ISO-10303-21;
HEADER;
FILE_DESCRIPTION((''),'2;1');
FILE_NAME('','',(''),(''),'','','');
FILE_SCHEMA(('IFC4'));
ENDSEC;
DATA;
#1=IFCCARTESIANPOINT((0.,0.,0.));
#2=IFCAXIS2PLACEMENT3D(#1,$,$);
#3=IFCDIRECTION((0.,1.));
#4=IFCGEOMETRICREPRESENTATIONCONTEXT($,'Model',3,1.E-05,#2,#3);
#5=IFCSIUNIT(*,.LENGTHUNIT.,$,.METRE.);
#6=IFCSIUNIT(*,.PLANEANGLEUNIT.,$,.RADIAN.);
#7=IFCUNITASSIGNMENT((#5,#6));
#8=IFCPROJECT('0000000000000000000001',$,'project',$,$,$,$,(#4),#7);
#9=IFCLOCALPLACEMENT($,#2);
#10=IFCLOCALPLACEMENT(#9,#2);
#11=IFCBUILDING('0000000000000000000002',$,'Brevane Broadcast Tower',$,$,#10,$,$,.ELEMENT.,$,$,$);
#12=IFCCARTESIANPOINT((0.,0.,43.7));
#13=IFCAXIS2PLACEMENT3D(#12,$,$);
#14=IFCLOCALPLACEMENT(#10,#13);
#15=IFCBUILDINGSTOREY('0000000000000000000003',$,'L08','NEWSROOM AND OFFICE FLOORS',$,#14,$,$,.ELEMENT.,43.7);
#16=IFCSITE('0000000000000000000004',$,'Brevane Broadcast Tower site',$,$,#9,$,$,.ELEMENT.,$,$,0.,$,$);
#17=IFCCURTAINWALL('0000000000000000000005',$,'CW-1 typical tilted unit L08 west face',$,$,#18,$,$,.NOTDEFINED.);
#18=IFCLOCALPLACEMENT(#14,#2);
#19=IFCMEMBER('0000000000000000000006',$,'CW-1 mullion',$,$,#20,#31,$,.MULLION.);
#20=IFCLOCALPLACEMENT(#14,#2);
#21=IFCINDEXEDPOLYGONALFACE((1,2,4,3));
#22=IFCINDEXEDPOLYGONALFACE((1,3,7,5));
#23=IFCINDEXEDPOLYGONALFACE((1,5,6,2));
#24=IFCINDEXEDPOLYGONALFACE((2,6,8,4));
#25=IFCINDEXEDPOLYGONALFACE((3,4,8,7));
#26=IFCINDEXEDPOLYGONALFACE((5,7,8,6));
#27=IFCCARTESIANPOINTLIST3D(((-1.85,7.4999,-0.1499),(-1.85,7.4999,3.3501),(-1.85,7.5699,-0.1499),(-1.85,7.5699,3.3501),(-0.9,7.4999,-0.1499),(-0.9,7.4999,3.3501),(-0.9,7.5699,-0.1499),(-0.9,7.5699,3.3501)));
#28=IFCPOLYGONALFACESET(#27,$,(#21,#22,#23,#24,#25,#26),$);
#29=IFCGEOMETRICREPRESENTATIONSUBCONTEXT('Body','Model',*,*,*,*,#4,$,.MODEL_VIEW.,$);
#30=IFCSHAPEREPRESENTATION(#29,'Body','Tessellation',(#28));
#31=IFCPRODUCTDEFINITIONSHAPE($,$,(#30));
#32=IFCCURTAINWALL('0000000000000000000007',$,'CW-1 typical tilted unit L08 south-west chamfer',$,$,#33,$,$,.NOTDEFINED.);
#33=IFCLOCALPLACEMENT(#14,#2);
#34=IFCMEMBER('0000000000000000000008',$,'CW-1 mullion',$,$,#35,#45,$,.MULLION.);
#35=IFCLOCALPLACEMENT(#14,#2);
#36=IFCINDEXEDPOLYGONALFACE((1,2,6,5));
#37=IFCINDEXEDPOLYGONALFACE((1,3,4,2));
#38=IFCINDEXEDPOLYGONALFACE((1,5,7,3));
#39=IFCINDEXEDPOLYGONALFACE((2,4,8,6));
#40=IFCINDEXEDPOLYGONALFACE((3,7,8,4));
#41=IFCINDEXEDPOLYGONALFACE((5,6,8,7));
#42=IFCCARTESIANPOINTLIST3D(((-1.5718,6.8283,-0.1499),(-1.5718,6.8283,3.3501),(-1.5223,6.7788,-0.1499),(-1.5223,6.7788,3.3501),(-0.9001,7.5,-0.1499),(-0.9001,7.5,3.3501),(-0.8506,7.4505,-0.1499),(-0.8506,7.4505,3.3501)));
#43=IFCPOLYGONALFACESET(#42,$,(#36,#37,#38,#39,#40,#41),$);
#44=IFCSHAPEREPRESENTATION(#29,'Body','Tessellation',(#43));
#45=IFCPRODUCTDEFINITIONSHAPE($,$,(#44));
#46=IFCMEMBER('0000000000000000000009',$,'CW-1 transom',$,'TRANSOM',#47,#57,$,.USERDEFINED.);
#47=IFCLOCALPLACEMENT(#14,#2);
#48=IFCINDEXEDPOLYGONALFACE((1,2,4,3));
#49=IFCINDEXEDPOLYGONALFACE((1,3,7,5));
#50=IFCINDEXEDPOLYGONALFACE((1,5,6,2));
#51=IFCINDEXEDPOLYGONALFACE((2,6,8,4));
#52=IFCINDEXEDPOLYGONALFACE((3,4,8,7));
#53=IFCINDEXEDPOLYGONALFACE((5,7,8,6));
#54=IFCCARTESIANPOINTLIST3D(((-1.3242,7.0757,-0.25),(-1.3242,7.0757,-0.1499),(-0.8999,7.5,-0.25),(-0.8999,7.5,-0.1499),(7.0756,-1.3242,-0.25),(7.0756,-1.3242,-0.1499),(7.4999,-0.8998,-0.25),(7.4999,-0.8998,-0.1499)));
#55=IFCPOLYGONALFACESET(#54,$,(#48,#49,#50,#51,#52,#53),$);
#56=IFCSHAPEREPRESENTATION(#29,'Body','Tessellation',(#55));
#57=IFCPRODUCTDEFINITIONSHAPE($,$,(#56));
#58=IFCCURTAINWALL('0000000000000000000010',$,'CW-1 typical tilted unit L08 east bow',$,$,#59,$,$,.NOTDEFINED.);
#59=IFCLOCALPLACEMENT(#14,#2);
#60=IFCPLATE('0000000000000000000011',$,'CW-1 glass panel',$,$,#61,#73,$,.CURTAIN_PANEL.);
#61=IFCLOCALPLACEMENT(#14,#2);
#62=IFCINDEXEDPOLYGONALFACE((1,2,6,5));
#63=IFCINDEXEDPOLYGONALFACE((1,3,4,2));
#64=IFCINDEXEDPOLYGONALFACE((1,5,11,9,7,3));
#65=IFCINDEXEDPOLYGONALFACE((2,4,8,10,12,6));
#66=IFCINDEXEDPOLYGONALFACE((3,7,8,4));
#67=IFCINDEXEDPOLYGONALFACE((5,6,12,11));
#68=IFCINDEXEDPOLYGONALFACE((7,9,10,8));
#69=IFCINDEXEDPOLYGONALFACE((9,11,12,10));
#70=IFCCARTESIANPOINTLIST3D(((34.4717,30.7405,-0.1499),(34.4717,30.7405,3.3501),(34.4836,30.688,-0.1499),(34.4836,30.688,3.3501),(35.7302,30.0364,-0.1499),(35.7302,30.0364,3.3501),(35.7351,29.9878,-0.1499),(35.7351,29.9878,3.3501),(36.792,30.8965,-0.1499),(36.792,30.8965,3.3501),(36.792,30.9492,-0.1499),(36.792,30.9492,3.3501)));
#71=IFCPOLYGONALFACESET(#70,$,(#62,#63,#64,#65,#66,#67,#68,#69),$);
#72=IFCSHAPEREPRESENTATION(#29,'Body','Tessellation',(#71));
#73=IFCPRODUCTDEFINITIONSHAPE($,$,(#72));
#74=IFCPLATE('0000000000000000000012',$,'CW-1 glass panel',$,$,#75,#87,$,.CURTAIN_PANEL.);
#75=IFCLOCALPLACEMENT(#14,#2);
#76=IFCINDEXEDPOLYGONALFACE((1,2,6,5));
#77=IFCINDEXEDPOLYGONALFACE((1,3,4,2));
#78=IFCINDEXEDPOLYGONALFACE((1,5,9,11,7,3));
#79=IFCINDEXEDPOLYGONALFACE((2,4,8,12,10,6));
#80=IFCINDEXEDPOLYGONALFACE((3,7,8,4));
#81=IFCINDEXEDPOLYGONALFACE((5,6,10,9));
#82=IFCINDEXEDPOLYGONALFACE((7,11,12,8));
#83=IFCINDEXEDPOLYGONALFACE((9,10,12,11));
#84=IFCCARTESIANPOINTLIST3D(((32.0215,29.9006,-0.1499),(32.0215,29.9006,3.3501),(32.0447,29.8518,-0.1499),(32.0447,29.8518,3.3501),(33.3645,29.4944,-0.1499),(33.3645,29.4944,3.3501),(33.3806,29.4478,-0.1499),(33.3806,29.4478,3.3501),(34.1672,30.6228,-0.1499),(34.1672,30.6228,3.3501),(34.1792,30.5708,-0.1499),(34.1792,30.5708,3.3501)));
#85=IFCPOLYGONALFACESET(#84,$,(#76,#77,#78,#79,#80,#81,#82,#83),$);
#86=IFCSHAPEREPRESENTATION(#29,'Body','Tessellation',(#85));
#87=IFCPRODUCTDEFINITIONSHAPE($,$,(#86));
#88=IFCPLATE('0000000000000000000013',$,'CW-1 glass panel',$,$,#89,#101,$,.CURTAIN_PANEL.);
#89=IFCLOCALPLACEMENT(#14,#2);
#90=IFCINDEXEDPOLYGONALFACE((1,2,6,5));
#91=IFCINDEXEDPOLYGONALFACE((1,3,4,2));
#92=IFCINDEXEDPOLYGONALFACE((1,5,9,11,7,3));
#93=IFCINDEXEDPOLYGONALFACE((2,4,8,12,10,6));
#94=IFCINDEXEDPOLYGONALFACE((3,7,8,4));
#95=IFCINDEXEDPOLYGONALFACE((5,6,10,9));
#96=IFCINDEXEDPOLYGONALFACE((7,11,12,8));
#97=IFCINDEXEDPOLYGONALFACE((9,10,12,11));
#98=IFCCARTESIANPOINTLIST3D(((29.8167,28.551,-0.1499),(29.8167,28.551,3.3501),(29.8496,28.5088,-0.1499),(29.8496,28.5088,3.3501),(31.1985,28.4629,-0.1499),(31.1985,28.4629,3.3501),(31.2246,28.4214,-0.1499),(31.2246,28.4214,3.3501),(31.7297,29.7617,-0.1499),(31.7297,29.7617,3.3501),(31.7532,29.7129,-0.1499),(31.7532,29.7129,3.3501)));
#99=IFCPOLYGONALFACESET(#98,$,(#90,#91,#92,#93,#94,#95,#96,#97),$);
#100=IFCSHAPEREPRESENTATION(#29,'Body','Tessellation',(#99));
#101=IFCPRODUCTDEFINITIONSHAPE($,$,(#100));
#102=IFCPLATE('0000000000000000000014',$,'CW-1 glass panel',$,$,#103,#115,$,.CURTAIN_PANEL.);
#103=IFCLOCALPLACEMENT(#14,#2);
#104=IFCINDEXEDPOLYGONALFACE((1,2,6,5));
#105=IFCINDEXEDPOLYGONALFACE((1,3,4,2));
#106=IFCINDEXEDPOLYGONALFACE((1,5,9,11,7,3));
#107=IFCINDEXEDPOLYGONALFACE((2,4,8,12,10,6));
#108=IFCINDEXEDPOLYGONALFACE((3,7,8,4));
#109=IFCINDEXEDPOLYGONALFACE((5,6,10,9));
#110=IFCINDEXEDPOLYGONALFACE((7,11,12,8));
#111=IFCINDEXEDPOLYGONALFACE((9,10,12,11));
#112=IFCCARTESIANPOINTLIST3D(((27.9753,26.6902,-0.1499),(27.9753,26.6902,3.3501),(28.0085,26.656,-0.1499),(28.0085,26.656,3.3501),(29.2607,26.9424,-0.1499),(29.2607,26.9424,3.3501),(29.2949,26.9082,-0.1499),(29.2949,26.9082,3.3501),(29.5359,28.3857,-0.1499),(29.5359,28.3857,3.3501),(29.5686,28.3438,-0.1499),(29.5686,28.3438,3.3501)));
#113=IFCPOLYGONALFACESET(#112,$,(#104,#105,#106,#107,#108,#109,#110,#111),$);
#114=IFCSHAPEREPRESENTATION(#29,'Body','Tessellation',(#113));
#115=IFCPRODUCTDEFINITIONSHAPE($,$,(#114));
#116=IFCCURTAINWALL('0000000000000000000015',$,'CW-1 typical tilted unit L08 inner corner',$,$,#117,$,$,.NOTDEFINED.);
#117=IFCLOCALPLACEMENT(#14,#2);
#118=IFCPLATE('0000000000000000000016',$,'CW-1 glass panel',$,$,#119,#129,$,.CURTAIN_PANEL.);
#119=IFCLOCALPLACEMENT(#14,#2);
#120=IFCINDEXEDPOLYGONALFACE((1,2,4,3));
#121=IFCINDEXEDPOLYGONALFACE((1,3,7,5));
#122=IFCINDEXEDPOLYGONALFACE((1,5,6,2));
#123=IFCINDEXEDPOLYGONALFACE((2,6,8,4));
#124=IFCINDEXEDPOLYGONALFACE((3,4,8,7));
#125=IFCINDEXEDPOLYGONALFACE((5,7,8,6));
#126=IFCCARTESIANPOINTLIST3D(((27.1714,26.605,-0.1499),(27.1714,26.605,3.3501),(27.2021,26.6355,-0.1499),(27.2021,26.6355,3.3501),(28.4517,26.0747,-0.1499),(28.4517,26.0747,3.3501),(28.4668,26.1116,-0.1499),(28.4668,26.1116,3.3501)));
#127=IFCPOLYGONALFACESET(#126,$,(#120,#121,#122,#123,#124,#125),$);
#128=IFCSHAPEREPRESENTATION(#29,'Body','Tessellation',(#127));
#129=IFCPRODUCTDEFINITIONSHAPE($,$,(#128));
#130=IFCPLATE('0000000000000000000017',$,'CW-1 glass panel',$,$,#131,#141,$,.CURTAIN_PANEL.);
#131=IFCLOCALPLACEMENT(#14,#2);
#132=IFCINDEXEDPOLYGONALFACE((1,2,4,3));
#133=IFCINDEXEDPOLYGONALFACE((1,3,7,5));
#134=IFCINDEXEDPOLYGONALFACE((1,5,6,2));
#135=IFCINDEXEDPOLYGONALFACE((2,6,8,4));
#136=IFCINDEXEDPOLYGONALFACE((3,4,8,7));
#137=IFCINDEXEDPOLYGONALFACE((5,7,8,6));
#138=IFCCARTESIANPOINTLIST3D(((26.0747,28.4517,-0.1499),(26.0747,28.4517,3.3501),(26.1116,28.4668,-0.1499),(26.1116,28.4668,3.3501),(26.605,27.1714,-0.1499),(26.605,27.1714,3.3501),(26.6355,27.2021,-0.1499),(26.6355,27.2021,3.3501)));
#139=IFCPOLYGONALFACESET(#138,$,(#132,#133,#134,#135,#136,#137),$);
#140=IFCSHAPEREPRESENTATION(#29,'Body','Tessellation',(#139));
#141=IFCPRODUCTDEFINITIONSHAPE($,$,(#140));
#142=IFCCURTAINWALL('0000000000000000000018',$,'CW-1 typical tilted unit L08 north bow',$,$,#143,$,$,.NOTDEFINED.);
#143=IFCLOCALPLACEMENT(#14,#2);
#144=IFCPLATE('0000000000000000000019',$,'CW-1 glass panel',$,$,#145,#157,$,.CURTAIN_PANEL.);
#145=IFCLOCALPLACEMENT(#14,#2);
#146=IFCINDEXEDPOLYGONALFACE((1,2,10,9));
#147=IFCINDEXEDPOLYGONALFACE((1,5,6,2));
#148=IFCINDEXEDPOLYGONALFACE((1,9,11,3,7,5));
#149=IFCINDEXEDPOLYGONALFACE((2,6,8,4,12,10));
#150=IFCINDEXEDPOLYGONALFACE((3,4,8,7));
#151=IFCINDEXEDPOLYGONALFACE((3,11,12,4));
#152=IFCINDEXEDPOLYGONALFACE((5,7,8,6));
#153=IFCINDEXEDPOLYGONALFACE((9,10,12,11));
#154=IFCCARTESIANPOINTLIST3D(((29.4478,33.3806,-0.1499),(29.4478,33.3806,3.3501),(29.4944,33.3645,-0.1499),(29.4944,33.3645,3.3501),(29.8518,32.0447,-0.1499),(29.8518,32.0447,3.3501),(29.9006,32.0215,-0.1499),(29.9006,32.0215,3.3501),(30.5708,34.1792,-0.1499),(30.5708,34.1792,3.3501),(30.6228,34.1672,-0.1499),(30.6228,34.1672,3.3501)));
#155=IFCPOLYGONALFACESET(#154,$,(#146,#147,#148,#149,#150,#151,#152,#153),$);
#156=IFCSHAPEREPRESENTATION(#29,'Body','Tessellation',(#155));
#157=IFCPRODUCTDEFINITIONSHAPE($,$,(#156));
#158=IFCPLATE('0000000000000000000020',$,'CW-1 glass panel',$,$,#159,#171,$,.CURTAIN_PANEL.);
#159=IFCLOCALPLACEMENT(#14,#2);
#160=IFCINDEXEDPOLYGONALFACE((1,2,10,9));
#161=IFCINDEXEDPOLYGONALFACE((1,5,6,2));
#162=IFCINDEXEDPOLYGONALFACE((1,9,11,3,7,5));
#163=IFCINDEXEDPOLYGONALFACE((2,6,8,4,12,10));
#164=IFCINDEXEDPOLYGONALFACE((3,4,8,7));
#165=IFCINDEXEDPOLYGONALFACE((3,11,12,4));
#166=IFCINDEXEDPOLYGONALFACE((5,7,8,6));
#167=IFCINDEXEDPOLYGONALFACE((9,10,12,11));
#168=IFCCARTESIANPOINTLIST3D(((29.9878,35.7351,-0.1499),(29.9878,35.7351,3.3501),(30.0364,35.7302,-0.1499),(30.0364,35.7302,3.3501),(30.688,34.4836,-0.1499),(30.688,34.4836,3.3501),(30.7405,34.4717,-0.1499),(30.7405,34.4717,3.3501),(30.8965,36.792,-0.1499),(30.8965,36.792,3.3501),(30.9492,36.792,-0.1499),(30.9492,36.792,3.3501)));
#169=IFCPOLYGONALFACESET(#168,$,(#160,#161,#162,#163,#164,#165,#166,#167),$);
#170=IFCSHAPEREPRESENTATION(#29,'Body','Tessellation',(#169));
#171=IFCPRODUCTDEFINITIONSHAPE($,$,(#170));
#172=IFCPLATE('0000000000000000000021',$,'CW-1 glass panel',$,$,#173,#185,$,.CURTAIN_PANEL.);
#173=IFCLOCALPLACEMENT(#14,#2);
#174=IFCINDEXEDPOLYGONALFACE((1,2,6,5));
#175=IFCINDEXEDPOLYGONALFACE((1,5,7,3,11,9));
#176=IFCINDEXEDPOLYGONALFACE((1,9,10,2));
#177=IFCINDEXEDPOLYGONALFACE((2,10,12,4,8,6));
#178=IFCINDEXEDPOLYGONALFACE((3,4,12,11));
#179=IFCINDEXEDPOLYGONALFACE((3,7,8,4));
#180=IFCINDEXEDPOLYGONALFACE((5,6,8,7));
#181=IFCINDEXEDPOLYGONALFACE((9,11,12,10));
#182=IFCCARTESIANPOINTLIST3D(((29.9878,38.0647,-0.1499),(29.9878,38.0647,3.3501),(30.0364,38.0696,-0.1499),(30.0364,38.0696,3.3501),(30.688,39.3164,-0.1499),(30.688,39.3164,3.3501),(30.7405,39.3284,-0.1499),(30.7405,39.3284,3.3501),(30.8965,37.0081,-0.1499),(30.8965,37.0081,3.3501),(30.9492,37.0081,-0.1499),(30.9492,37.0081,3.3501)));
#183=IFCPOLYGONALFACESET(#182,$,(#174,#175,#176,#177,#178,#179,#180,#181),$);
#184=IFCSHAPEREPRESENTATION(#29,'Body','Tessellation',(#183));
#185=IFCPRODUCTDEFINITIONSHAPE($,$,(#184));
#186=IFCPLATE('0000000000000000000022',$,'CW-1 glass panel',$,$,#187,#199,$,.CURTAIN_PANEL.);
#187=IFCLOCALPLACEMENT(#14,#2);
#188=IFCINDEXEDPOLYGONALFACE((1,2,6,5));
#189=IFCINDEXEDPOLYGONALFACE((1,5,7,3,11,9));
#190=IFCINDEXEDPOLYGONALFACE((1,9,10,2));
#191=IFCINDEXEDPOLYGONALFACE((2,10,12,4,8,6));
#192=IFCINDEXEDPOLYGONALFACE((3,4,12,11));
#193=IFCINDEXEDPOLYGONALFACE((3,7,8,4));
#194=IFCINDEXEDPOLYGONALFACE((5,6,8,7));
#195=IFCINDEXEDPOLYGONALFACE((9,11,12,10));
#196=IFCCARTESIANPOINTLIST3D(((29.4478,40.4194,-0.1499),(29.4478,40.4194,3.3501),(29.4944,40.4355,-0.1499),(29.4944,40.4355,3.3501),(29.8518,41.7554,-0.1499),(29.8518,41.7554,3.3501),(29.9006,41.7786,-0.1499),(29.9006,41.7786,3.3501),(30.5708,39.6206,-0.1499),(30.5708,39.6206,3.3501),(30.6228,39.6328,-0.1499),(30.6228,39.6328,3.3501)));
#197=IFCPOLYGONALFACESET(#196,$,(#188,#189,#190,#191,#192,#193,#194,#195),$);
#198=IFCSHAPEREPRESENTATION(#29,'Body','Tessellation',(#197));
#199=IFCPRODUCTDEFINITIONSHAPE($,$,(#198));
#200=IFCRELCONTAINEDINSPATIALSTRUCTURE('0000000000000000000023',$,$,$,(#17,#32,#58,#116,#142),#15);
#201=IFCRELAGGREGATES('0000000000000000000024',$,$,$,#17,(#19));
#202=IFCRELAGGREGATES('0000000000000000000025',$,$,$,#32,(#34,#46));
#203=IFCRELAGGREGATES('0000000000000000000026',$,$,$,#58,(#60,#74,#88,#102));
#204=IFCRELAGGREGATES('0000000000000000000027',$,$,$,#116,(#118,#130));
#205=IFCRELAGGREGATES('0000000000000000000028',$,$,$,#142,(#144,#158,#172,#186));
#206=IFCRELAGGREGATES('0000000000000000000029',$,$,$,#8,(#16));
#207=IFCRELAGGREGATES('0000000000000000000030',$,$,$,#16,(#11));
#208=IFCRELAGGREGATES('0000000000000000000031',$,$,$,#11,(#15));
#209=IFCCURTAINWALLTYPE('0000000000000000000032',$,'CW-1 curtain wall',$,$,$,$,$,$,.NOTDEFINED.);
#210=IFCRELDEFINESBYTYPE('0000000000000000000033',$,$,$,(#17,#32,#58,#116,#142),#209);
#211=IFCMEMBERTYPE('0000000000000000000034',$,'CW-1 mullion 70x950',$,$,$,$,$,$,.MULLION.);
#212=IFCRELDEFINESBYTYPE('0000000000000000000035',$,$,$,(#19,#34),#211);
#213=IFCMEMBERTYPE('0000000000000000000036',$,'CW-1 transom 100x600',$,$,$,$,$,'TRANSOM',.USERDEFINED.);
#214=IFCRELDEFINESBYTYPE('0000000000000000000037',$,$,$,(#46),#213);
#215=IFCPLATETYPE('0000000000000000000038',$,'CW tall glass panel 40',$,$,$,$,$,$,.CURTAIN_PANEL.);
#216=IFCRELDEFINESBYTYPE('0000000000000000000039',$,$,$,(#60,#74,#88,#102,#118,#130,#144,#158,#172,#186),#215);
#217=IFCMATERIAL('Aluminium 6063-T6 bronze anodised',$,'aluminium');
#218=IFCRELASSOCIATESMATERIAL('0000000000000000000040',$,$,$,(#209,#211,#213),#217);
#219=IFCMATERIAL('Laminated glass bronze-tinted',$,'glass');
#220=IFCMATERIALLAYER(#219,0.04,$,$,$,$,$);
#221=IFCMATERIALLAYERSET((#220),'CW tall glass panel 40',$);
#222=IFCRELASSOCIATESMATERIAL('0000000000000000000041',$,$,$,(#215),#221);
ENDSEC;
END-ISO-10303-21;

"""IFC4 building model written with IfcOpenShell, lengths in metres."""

from ifc_helpers import new_model, si_unit, direction, frame, origin, origin_2d, place, context, subcontext, project, spatial, polyline, rectangle, outline, extrude, material, layer, layer_set, material_profile, profile_set, type_object, element, aggregate, save


model = new_model("IFC4")

# Units and contexts
model_context = context("Model", 3, precision=1e-05, world=origin(), true_north=direction((0.0, 1.0)))
body_context = subcontext(model_context, "Body", "Model", "MODEL_VIEW")
ifc_project = project(units=[si_unit("LENGTHUNIT", "METRE"), si_unit("PLANEANGLEUNIT", "RADIAN")], contexts=[model_context])

# Site, building, storey
site_placement = place(None, origin())
site = spatial("IfcSite", under=ifc_project, at=site_placement, Name="Brevane Broadcast Tower site", CompositionType="ELEMENT", RefElevation=0.0)
building_placement = place(site_placement, origin())
building = spatial("IfcBuilding", under=site, at=building_placement, Name="Brevane Broadcast Tower", CompositionType="ELEMENT")
storey_placement = place(building_placement, frame((0.0, 0.0, 43.7)))
storey = spatial("IfcBuildingStorey", under=building, at=storey_placement, Name="L08", Description="NEWSROOM AND OFFICE FLOORS", CompositionType="ELEMENT", Elevation=43.7)

# Curtain wall, member
ifc_material_1 = material(Name="Aluminium 6063-T6 bronze anodised", Category="aluminium")
curtain_wall_type = type_object("IfcCurtainWallType", Name="CW-1 curtain wall", PredefinedType="NOTDEFINED", material=ifc_material_1)
curtain_wall_1_placement = place(storey_placement, origin())
curtain_wall_1 = element("IfcCurtainWall", 1, at=curtain_wall_1_placement, inside=storey, type_object=curtain_wall_type, Name="CW-1 typical tilted unit L08 west face", PredefinedType="NOTDEFINED")
ifc_material_profile_1 = material_profile(ifc_material_1, rectangle(XDim=0.95, YDim=0.0701, at=origin_2d()), Name="RECT 70x950")
ifc_profile_set_1 = profile_set([ifc_material_profile_1], Name="Aluminium 6063-T6 bronze anodised")
member_type_1 = type_object("IfcMemberType", Name="CW-1 mullion 70x950", PredefinedType="MULLION", material=ifc_profile_set_1)
member_1_placement = place(storey_placement, frame((-1.375, 7.5349, -0.1499), z_axis=(0.0, 0.0, 1.0), x_axis=(1.0, 0.0, 0.0)))
member_1 = element("IfcMember", 2, at=member_1_placement, type_object=member_type_1, Name="CW-1 mullion", PredefinedType="MULLION", context=body_context, shape_type="SweptSolid", body=[
    extrude(rectangle(XDim=0.95, YDim=0.0701, at=origin_2d()), origin(), (0.0, 0.0, 1.0), 3.5),
])
aggregate(curtain_wall_1, [member_1])

# Curtain wall, members
curtain_wall_2_placement = place(storey_placement, origin())
curtain_wall_2 = element("IfcCurtainWall", 3, at=curtain_wall_2_placement, inside=storey, type_object=curtain_wall_type, Name="CW-1 typical tilted unit L08 south-west chamfer", PredefinedType="NOTDEFINED")
member_2_placement = place(storey_placement, frame((-1.2112, 7.1394, -0.1499), z_axis=(0.0, 0.0, 1.0), x_axis=(0.707107, 0.707107, 0.0)))
member_2 = element("IfcMember", 4, at=member_2_placement, type_object=member_type_1, Name="CW-1 mullion", PredefinedType="MULLION", context=body_context, shape_type="SweptSolid", body=[
    extrude(rectangle(XDim=0.95, YDim=0.0701, at=origin_2d()), origin(), (0.0, 0.0, 1.0), 3.5),
])
ifc_material_profile_2 = material_profile(ifc_material_1, rectangle(XDim=0.6001, YDim=0.1001, at=origin_2d()), Name="RECT 100x600")
ifc_profile_set_2 = profile_set([ifc_material_profile_2], Name="Aluminium 6063-T6 bronze anodised")
member_type_2 = type_object("IfcMemberType", Name="CW-1 transom 100x600", ElementType="TRANSOM", PredefinedType="USERDEFINED", material=ifc_profile_set_2)
member_3_placement = place(storey_placement, frame((-1.1121, 7.2878, -0.2), z_axis=(0.707107, -0.707107, 0.0), x_axis=(0.707107, 0.707107, 0.0)))
member_3 = element("IfcMember", 5, at=member_3_placement, type_object=member_type_2, Name="CW-1 transom", ObjectType="TRANSOM", PredefinedType="USERDEFINED", context=body_context, shape_type="SweptSolid", body=[
    extrude(rectangle(XDim=0.6001, YDim=0.1001, at=origin_2d()), origin(), (0.0, 0.0, 1.0), 11.8792),
])
aggregate(curtain_wall_2, [member_2, member_3])

# Curtain walls, plates
curtain_wall_3_placement = place(storey_placement, origin())
curtain_wall_3 = element("IfcCurtainWall", 6, at=curtain_wall_3_placement, inside=storey, type_object=curtain_wall_type, Name="CW-1 typical tilted unit L08 east bow", PredefinedType="NOTDEFINED")
ifc_material_2 = material(Name="Laminated glass bronze-tinted", Category="glass")
ifc_layer_1 = layer(ifc_material_2, 0.04)
ifc_layer_set_1 = layer_set([ifc_layer_1], Name="CW tall glass panel 40")
plate_type = type_object("IfcPlateType", Name="CW tall glass panel 40", PredefinedType="CURTAIN_PANEL", material=ifc_layer_set_1)
plate_1_placement = place(storey_placement, frame((0.0, 0.0, -0.1499)))
plate_1 = element("IfcPlate", 7, at=plate_1_placement, type_object=plate_type, Name="CW-1 glass panel", PredefinedType="CURTAIN_PANEL", context=body_context, shape_type="SweptSolid", body=[
    extrude(outline(polyline([(36.792, 30.8965), (36.792, 30.9492), (35.7302, 30.0364), (34.4717, 30.7405), (34.4836, 30.688), (35.7351, 29.9878), (36.792, 30.8965)])), origin(), (0.0, 0.0, 1.0), 3.5),
])
plate_2_placement = place(storey_placement, frame((0.0, 0.0, -0.1499)))
plate_2 = element("IfcPlate", 8, at=plate_2_placement, type_object=plate_type, Name="CW-1 glass panel", PredefinedType="CURTAIN_PANEL", context=body_context, shape_type="SweptSolid", body=[
    extrude(outline(polyline([(34.1792, 30.5708), (34.1672, 30.6228), (33.3645, 29.4944), (32.0215, 29.9006), (32.0447, 29.8518), (33.3806, 29.4478), (34.1792, 30.5708)])), origin(), (0.0, 0.0, 1.0), 3.5),
])
plate_3_placement = place(storey_placement, frame((0.0, 0.0, -0.1499)))
plate_3 = element("IfcPlate", 9, at=plate_3_placement, type_object=plate_type, Name="CW-1 glass panel", PredefinedType="CURTAIN_PANEL", context=body_context, shape_type="SweptSolid", body=[
    extrude(outline(polyline([(31.7532, 29.7129), (31.7297, 29.7617), (31.1985, 28.4629), (29.8167, 28.551), (29.8496, 28.5088), (31.2246, 28.4214), (31.7532, 29.7129)])), origin(), (0.0, 0.0, 1.0), 3.5),
])
plate_4_placement = place(storey_placement, frame((0.0, 0.0, -0.1499)))
plate_4 = element("IfcPlate", 10, at=plate_4_placement, type_object=plate_type, Name="CW-1 glass panel", PredefinedType="CURTAIN_PANEL", context=body_context, shape_type="SweptSolid", body=[
    extrude(outline(polyline([(29.5686, 28.3438), (29.5359, 28.3857), (29.2607, 26.9424), (27.9753, 26.6902), (28.0085, 26.656), (29.2949, 26.9082), (29.5686, 28.3438)])), origin(), (0.0, 0.0, 1.0), 3.5),
])
aggregate(curtain_wall_3, [plate_1, plate_2, plate_3, plate_4])
curtain_wall_4_placement = place(storey_placement, origin())
curtain_wall_4 = element("IfcCurtainWall", 11, at=curtain_wall_4_placement, inside=storey, type_object=curtain_wall_type, Name="CW-1 typical tilted unit L08 inner corner", PredefinedType="NOTDEFINED")
plate_5_placement = place(storey_placement, frame((0.0, 0.0, -0.1499)))
plate_5 = element("IfcPlate", 12, at=plate_5_placement, type_object=plate_type, Name="CW-1 glass panel", PredefinedType="CURTAIN_PANEL", context=body_context, shape_type="SweptSolid", body=[
    extrude(outline(polyline([(28.4517, 26.0747), (28.4668, 26.1116), (27.2021, 26.6355), (27.1714, 26.605), (28.4517, 26.0747)])), origin(), (0.0, 0.0, 1.0), 3.5),
])
plate_6_placement = place(storey_placement, frame((0.0, 0.0, -0.1499)))
plate_6 = element("IfcPlate", 13, at=plate_6_placement, type_object=plate_type, Name="CW-1 glass panel", PredefinedType="CURTAIN_PANEL", context=body_context, shape_type="SweptSolid", body=[
    extrude(outline(polyline([(26.605, 27.1714), (26.6355, 27.2021), (26.1116, 28.4668), (26.0747, 28.4517), (26.605, 27.1714)])), origin(), (0.0, 0.0, 1.0), 3.5),
])
aggregate(curtain_wall_4, [plate_5, plate_6])
curtain_wall_5_placement = place(storey_placement, origin())
curtain_wall_5 = element("IfcCurtainWall", 14, at=curtain_wall_5_placement, inside=storey, type_object=curtain_wall_type, Name="CW-1 typical tilted unit L08 north bow", PredefinedType="NOTDEFINED")
plate_7_placement = place(storey_placement, frame((0.0, 0.0, -0.1499)))
plate_7 = element("IfcPlate", 15, at=plate_7_placement, type_object=plate_type, Name="CW-1 glass panel", PredefinedType="CURTAIN_PANEL", context=body_context, shape_type="SweptSolid", body=[
    extrude(outline(polyline([(29.8518, 32.0447), (29.9006, 32.0215), (29.4944, 33.3645), (30.6228, 34.1672), (30.5708, 34.1792), (29.4478, 33.3806), (29.8518, 32.0447)])), origin(), (0.0, 0.0, 1.0), 3.5),
])
plate_8_placement = place(storey_placement, frame((0.0, 0.0, -0.1499)))
plate_8 = element("IfcPlate", 16, at=plate_8_placement, type_object=plate_type, Name="CW-1 glass panel", PredefinedType="CURTAIN_PANEL", context=body_context, shape_type="SweptSolid", body=[
    extrude(outline(polyline([(30.688, 34.4836), (30.7405, 34.4717), (30.0364, 35.7302), (30.9492, 36.792), (30.8965, 36.792), (29.9878, 35.7351), (30.688, 34.4836)])), origin(), (0.0, 0.0, 1.0), 3.5),
])
plate_9_placement = place(storey_placement, frame((0.0, 0.0, -0.1499)))
plate_9 = element("IfcPlate", 17, at=plate_9_placement, type_object=plate_type, Name="CW-1 glass panel", PredefinedType="CURTAIN_PANEL", context=body_context, shape_type="SweptSolid", body=[
    extrude(outline(polyline([(30.8965, 37.0081), (30.9492, 37.0081), (30.0364, 38.0696), (30.7405, 39.3284), (30.688, 39.3164), (29.9878, 38.0647), (30.8965, 37.0081)])), origin(), (0.0, 0.0, 1.0), 3.5),
])
plate_10_placement = place(storey_placement, frame((0.0, 0.0, -0.1499)))
plate_10 = element("IfcPlate", 18, at=plate_10_placement, type_object=plate_type, Name="CW-1 glass panel", PredefinedType="CURTAIN_PANEL", context=body_context, shape_type="SweptSolid", body=[
    extrude(outline(polyline([(30.5708, 39.6206), (30.6228, 39.6328), (29.4944, 40.4355), (29.9006, 41.7786), (29.8518, 41.7554), (29.4478, 40.4194), (30.5708, 39.6206)])), origin(), (0.0, 0.0, 1.0), 3.5),
])

aggregate(curtain_wall_5, [plate_7, plate_8, plate_9, plate_10])

save(model, "model.ifc")
